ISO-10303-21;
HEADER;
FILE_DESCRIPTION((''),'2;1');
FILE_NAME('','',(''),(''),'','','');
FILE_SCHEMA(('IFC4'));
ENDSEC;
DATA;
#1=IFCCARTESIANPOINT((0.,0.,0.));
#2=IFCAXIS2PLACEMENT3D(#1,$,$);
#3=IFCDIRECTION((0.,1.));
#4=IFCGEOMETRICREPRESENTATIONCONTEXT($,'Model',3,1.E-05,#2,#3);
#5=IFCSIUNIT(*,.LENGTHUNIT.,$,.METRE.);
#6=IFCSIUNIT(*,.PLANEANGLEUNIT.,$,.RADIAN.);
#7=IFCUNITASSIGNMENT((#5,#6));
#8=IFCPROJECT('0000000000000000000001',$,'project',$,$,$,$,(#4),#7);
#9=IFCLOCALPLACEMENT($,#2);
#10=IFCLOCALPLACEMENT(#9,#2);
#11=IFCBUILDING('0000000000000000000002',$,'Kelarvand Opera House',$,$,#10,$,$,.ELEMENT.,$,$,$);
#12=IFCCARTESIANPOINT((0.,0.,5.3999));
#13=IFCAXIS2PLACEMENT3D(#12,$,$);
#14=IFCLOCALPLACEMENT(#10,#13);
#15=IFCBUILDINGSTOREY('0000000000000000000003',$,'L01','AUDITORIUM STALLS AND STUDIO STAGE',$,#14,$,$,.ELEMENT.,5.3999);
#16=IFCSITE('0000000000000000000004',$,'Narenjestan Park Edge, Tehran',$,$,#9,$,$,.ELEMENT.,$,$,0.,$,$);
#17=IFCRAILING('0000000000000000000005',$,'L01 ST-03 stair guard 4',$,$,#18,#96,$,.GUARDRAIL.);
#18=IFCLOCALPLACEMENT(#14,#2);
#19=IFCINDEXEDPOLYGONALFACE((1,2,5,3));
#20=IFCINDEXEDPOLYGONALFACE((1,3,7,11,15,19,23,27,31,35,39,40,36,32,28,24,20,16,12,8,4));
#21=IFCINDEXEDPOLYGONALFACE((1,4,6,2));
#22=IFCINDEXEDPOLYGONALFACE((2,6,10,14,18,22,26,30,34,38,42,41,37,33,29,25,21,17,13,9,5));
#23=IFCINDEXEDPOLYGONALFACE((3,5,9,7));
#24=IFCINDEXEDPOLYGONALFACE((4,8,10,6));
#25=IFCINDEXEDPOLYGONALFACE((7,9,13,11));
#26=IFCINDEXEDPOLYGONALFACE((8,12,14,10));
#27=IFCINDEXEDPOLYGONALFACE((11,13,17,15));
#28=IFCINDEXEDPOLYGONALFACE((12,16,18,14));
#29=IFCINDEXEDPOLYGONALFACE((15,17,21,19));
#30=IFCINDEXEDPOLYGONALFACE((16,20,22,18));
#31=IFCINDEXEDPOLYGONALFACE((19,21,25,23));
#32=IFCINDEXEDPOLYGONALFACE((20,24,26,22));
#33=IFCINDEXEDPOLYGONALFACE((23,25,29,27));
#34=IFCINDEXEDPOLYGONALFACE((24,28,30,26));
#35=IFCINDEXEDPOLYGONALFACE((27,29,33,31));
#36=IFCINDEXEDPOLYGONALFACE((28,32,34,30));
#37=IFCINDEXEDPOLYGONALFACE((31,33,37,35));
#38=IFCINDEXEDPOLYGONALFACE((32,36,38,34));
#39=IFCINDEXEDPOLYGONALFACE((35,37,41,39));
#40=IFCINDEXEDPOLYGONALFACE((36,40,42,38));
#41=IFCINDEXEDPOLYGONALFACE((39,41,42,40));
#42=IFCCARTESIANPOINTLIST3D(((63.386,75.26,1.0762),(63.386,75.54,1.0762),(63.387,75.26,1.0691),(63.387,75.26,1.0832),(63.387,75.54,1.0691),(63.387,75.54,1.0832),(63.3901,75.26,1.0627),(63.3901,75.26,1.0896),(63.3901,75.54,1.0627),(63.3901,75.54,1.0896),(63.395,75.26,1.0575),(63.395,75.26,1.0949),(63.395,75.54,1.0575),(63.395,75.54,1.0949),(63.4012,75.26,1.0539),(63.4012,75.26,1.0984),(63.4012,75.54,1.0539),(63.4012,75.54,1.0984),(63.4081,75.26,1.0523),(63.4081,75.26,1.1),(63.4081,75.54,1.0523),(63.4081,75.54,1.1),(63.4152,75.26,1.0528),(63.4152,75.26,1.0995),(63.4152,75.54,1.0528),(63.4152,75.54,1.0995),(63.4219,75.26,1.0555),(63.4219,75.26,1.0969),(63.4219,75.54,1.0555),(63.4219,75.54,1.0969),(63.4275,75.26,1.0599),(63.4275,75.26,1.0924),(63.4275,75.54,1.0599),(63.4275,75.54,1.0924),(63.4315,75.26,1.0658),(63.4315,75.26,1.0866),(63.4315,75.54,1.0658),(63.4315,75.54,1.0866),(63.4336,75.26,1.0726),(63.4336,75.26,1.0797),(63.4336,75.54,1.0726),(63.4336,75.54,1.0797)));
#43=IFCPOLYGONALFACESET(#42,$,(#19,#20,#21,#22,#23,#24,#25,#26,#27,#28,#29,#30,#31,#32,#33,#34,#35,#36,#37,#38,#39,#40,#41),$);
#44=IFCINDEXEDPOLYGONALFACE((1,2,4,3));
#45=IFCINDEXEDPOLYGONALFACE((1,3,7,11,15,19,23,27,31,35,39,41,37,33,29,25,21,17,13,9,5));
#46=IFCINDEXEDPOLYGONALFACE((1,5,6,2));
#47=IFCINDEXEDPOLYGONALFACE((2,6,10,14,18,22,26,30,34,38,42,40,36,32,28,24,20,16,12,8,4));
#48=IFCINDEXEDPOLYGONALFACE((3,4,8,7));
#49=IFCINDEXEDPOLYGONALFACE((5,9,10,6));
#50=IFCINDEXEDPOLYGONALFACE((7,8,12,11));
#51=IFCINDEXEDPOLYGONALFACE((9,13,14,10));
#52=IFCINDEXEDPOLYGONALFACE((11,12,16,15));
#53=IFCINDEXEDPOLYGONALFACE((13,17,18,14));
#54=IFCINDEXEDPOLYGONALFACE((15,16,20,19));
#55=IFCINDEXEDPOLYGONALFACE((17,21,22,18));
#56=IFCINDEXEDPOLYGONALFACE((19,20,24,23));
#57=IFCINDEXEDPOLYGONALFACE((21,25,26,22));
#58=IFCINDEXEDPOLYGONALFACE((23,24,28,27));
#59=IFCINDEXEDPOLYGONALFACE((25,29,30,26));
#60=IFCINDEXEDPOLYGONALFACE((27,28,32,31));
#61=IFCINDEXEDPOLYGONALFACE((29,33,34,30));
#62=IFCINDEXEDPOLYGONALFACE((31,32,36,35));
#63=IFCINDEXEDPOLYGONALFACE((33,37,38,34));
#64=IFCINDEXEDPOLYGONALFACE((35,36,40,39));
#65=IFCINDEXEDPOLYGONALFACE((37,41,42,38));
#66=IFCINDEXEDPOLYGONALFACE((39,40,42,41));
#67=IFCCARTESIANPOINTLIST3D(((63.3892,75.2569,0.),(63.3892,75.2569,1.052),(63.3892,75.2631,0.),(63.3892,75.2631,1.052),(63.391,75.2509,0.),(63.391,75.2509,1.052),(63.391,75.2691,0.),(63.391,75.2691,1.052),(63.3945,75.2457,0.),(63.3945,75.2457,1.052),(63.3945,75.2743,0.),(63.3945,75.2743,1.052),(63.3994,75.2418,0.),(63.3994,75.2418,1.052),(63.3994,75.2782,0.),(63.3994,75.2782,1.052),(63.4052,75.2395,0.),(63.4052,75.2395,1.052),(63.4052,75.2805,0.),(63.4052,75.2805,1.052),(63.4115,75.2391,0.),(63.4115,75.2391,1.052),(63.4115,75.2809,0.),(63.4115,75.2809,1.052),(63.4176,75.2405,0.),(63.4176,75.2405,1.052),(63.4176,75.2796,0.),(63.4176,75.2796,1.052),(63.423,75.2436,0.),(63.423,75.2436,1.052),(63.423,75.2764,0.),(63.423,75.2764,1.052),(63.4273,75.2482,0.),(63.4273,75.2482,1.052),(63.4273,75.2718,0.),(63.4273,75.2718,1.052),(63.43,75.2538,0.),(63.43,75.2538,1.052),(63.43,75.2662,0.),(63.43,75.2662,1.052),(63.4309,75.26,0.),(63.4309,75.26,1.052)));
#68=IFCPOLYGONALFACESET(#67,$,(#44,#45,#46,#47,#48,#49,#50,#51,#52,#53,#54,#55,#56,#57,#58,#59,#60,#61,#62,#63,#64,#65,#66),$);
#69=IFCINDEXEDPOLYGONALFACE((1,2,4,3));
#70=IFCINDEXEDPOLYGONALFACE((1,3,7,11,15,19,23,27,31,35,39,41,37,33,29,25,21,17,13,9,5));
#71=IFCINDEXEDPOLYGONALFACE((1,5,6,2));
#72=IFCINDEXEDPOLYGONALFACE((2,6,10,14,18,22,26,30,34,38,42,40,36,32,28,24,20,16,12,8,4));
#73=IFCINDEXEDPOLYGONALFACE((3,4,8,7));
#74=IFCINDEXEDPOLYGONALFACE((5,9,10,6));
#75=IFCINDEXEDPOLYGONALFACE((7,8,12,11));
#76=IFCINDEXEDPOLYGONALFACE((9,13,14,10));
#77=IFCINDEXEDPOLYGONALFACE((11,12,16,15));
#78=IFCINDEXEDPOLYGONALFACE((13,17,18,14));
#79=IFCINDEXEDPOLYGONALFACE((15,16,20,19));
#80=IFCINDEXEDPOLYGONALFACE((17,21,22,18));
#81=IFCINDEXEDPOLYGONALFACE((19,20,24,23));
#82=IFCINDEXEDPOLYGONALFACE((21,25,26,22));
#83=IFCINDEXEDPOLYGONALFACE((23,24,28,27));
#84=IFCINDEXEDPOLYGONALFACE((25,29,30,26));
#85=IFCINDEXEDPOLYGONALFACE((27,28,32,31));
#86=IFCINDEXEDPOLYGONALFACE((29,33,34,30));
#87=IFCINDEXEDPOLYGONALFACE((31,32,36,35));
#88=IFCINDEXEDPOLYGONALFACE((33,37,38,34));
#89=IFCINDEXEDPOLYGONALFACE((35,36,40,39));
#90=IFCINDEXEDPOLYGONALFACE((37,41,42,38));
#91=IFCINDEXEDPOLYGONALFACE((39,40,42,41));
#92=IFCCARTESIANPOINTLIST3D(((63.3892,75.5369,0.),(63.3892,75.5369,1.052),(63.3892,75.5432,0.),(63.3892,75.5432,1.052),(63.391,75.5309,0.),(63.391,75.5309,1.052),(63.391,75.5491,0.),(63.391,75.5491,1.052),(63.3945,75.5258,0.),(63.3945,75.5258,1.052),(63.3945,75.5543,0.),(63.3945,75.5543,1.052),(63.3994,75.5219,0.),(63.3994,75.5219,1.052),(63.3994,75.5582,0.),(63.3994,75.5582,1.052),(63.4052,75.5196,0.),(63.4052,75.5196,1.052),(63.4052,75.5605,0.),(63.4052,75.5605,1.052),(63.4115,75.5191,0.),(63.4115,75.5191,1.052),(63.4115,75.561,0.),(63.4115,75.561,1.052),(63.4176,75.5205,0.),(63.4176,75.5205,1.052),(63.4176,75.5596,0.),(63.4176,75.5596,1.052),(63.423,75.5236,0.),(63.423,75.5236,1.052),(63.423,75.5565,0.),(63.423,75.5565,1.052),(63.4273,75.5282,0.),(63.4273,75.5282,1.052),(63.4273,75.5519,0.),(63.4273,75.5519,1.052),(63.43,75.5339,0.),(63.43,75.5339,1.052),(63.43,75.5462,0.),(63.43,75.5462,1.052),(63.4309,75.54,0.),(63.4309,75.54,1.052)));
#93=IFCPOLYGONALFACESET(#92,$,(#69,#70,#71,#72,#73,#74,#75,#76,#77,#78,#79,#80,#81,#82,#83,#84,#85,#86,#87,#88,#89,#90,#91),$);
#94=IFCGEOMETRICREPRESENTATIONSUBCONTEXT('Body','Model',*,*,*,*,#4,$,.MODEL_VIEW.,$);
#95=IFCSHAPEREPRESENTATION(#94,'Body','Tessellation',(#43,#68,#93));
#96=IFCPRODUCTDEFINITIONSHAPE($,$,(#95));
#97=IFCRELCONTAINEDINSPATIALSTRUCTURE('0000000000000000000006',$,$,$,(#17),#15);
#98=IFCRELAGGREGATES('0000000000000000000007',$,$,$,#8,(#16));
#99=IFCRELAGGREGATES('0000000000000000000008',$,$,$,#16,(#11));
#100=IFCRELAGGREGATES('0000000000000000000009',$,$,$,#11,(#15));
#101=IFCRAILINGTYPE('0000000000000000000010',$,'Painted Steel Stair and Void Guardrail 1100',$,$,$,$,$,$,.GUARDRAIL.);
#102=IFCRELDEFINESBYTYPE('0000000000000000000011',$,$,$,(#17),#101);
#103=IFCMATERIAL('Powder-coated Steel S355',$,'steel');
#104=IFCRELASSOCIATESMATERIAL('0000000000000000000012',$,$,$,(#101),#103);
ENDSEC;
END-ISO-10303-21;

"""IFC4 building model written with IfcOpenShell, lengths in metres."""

from ifc_helpers import new_model, si_unit, direction, frame, origin, origin_2d, place, context, subcontext, project, spatial, circle, extrude, material, type_object, element, save


model = new_model("IFC4")

# Units and contexts
model_context = context("Model", 3, precision=1e-05, world=origin(), true_north=direction((0.0, 1.0)))
body_context = subcontext(model_context, "Body", "Model", "MODEL_VIEW")
ifc_project = project(units=[si_unit("LENGTHUNIT", "METRE"), si_unit("PLANEANGLEUNIT", "RADIAN")], contexts=[model_context])

# Site, building, storey
site_placement = place(None, origin())
site = spatial("IfcSite", under=ifc_project, at=site_placement, Name="Narenjestan Park Edge, Tehran", CompositionType="ELEMENT", RefElevation=0.0)
building_placement = place(site_placement, origin())
building = spatial("IfcBuilding", under=site, at=building_placement, Name="Kelarvand Opera House", CompositionType="ELEMENT")
storey_placement = place(building_placement, frame((0.0, 0.0, 5.3999)))
storey = spatial("IfcBuildingStorey", under=building, at=storey_placement, Name="L01", Description="AUDITORIUM STALLS AND STUDIO STAGE", CompositionType="ELEMENT", Elevation=5.3999)

# Railing
ifc_material_1 = material(Name="Powder-coated Steel S355", Category="steel")
railing_type_1 = type_object("IfcRailingType", Name="Painted Steel Stair and Void Guardrail 1100", PredefinedType="GUARDRAIL", material=ifc_material_1)
railing_1_placement = place(storey_placement, frame((63.4099, 75.26, 0.0)))
element("IfcRailing", 1, at=railing_1_placement, inside=storey, type_object=railing_type_1, Name="L01 ST-03 stair guard 4", PredefinedType="GUARDRAIL", context=body_context, shape_type="SweptSolid", body=[
    extrude(circle(Radius=0.0239, at=origin_2d()), frame((0.0, 0.0, 1.0762), z_axis=(0.0, 1.0, 0.0), x_axis=(-1.0, 0.0, 0.0)), (0.0, 0.0, 1.0), 0.28),
    extrude(circle(Radius=0.021, at=origin_2d()), origin(), (0.0, 0.0, 1.0), 1.052),
    extrude(circle(Radius=0.021, at=origin_2d()), frame((0.0, 0.28, 0.0)), (0.0, 0.0, 1.0), 1.052),
])

save(model, "model.ifc")
